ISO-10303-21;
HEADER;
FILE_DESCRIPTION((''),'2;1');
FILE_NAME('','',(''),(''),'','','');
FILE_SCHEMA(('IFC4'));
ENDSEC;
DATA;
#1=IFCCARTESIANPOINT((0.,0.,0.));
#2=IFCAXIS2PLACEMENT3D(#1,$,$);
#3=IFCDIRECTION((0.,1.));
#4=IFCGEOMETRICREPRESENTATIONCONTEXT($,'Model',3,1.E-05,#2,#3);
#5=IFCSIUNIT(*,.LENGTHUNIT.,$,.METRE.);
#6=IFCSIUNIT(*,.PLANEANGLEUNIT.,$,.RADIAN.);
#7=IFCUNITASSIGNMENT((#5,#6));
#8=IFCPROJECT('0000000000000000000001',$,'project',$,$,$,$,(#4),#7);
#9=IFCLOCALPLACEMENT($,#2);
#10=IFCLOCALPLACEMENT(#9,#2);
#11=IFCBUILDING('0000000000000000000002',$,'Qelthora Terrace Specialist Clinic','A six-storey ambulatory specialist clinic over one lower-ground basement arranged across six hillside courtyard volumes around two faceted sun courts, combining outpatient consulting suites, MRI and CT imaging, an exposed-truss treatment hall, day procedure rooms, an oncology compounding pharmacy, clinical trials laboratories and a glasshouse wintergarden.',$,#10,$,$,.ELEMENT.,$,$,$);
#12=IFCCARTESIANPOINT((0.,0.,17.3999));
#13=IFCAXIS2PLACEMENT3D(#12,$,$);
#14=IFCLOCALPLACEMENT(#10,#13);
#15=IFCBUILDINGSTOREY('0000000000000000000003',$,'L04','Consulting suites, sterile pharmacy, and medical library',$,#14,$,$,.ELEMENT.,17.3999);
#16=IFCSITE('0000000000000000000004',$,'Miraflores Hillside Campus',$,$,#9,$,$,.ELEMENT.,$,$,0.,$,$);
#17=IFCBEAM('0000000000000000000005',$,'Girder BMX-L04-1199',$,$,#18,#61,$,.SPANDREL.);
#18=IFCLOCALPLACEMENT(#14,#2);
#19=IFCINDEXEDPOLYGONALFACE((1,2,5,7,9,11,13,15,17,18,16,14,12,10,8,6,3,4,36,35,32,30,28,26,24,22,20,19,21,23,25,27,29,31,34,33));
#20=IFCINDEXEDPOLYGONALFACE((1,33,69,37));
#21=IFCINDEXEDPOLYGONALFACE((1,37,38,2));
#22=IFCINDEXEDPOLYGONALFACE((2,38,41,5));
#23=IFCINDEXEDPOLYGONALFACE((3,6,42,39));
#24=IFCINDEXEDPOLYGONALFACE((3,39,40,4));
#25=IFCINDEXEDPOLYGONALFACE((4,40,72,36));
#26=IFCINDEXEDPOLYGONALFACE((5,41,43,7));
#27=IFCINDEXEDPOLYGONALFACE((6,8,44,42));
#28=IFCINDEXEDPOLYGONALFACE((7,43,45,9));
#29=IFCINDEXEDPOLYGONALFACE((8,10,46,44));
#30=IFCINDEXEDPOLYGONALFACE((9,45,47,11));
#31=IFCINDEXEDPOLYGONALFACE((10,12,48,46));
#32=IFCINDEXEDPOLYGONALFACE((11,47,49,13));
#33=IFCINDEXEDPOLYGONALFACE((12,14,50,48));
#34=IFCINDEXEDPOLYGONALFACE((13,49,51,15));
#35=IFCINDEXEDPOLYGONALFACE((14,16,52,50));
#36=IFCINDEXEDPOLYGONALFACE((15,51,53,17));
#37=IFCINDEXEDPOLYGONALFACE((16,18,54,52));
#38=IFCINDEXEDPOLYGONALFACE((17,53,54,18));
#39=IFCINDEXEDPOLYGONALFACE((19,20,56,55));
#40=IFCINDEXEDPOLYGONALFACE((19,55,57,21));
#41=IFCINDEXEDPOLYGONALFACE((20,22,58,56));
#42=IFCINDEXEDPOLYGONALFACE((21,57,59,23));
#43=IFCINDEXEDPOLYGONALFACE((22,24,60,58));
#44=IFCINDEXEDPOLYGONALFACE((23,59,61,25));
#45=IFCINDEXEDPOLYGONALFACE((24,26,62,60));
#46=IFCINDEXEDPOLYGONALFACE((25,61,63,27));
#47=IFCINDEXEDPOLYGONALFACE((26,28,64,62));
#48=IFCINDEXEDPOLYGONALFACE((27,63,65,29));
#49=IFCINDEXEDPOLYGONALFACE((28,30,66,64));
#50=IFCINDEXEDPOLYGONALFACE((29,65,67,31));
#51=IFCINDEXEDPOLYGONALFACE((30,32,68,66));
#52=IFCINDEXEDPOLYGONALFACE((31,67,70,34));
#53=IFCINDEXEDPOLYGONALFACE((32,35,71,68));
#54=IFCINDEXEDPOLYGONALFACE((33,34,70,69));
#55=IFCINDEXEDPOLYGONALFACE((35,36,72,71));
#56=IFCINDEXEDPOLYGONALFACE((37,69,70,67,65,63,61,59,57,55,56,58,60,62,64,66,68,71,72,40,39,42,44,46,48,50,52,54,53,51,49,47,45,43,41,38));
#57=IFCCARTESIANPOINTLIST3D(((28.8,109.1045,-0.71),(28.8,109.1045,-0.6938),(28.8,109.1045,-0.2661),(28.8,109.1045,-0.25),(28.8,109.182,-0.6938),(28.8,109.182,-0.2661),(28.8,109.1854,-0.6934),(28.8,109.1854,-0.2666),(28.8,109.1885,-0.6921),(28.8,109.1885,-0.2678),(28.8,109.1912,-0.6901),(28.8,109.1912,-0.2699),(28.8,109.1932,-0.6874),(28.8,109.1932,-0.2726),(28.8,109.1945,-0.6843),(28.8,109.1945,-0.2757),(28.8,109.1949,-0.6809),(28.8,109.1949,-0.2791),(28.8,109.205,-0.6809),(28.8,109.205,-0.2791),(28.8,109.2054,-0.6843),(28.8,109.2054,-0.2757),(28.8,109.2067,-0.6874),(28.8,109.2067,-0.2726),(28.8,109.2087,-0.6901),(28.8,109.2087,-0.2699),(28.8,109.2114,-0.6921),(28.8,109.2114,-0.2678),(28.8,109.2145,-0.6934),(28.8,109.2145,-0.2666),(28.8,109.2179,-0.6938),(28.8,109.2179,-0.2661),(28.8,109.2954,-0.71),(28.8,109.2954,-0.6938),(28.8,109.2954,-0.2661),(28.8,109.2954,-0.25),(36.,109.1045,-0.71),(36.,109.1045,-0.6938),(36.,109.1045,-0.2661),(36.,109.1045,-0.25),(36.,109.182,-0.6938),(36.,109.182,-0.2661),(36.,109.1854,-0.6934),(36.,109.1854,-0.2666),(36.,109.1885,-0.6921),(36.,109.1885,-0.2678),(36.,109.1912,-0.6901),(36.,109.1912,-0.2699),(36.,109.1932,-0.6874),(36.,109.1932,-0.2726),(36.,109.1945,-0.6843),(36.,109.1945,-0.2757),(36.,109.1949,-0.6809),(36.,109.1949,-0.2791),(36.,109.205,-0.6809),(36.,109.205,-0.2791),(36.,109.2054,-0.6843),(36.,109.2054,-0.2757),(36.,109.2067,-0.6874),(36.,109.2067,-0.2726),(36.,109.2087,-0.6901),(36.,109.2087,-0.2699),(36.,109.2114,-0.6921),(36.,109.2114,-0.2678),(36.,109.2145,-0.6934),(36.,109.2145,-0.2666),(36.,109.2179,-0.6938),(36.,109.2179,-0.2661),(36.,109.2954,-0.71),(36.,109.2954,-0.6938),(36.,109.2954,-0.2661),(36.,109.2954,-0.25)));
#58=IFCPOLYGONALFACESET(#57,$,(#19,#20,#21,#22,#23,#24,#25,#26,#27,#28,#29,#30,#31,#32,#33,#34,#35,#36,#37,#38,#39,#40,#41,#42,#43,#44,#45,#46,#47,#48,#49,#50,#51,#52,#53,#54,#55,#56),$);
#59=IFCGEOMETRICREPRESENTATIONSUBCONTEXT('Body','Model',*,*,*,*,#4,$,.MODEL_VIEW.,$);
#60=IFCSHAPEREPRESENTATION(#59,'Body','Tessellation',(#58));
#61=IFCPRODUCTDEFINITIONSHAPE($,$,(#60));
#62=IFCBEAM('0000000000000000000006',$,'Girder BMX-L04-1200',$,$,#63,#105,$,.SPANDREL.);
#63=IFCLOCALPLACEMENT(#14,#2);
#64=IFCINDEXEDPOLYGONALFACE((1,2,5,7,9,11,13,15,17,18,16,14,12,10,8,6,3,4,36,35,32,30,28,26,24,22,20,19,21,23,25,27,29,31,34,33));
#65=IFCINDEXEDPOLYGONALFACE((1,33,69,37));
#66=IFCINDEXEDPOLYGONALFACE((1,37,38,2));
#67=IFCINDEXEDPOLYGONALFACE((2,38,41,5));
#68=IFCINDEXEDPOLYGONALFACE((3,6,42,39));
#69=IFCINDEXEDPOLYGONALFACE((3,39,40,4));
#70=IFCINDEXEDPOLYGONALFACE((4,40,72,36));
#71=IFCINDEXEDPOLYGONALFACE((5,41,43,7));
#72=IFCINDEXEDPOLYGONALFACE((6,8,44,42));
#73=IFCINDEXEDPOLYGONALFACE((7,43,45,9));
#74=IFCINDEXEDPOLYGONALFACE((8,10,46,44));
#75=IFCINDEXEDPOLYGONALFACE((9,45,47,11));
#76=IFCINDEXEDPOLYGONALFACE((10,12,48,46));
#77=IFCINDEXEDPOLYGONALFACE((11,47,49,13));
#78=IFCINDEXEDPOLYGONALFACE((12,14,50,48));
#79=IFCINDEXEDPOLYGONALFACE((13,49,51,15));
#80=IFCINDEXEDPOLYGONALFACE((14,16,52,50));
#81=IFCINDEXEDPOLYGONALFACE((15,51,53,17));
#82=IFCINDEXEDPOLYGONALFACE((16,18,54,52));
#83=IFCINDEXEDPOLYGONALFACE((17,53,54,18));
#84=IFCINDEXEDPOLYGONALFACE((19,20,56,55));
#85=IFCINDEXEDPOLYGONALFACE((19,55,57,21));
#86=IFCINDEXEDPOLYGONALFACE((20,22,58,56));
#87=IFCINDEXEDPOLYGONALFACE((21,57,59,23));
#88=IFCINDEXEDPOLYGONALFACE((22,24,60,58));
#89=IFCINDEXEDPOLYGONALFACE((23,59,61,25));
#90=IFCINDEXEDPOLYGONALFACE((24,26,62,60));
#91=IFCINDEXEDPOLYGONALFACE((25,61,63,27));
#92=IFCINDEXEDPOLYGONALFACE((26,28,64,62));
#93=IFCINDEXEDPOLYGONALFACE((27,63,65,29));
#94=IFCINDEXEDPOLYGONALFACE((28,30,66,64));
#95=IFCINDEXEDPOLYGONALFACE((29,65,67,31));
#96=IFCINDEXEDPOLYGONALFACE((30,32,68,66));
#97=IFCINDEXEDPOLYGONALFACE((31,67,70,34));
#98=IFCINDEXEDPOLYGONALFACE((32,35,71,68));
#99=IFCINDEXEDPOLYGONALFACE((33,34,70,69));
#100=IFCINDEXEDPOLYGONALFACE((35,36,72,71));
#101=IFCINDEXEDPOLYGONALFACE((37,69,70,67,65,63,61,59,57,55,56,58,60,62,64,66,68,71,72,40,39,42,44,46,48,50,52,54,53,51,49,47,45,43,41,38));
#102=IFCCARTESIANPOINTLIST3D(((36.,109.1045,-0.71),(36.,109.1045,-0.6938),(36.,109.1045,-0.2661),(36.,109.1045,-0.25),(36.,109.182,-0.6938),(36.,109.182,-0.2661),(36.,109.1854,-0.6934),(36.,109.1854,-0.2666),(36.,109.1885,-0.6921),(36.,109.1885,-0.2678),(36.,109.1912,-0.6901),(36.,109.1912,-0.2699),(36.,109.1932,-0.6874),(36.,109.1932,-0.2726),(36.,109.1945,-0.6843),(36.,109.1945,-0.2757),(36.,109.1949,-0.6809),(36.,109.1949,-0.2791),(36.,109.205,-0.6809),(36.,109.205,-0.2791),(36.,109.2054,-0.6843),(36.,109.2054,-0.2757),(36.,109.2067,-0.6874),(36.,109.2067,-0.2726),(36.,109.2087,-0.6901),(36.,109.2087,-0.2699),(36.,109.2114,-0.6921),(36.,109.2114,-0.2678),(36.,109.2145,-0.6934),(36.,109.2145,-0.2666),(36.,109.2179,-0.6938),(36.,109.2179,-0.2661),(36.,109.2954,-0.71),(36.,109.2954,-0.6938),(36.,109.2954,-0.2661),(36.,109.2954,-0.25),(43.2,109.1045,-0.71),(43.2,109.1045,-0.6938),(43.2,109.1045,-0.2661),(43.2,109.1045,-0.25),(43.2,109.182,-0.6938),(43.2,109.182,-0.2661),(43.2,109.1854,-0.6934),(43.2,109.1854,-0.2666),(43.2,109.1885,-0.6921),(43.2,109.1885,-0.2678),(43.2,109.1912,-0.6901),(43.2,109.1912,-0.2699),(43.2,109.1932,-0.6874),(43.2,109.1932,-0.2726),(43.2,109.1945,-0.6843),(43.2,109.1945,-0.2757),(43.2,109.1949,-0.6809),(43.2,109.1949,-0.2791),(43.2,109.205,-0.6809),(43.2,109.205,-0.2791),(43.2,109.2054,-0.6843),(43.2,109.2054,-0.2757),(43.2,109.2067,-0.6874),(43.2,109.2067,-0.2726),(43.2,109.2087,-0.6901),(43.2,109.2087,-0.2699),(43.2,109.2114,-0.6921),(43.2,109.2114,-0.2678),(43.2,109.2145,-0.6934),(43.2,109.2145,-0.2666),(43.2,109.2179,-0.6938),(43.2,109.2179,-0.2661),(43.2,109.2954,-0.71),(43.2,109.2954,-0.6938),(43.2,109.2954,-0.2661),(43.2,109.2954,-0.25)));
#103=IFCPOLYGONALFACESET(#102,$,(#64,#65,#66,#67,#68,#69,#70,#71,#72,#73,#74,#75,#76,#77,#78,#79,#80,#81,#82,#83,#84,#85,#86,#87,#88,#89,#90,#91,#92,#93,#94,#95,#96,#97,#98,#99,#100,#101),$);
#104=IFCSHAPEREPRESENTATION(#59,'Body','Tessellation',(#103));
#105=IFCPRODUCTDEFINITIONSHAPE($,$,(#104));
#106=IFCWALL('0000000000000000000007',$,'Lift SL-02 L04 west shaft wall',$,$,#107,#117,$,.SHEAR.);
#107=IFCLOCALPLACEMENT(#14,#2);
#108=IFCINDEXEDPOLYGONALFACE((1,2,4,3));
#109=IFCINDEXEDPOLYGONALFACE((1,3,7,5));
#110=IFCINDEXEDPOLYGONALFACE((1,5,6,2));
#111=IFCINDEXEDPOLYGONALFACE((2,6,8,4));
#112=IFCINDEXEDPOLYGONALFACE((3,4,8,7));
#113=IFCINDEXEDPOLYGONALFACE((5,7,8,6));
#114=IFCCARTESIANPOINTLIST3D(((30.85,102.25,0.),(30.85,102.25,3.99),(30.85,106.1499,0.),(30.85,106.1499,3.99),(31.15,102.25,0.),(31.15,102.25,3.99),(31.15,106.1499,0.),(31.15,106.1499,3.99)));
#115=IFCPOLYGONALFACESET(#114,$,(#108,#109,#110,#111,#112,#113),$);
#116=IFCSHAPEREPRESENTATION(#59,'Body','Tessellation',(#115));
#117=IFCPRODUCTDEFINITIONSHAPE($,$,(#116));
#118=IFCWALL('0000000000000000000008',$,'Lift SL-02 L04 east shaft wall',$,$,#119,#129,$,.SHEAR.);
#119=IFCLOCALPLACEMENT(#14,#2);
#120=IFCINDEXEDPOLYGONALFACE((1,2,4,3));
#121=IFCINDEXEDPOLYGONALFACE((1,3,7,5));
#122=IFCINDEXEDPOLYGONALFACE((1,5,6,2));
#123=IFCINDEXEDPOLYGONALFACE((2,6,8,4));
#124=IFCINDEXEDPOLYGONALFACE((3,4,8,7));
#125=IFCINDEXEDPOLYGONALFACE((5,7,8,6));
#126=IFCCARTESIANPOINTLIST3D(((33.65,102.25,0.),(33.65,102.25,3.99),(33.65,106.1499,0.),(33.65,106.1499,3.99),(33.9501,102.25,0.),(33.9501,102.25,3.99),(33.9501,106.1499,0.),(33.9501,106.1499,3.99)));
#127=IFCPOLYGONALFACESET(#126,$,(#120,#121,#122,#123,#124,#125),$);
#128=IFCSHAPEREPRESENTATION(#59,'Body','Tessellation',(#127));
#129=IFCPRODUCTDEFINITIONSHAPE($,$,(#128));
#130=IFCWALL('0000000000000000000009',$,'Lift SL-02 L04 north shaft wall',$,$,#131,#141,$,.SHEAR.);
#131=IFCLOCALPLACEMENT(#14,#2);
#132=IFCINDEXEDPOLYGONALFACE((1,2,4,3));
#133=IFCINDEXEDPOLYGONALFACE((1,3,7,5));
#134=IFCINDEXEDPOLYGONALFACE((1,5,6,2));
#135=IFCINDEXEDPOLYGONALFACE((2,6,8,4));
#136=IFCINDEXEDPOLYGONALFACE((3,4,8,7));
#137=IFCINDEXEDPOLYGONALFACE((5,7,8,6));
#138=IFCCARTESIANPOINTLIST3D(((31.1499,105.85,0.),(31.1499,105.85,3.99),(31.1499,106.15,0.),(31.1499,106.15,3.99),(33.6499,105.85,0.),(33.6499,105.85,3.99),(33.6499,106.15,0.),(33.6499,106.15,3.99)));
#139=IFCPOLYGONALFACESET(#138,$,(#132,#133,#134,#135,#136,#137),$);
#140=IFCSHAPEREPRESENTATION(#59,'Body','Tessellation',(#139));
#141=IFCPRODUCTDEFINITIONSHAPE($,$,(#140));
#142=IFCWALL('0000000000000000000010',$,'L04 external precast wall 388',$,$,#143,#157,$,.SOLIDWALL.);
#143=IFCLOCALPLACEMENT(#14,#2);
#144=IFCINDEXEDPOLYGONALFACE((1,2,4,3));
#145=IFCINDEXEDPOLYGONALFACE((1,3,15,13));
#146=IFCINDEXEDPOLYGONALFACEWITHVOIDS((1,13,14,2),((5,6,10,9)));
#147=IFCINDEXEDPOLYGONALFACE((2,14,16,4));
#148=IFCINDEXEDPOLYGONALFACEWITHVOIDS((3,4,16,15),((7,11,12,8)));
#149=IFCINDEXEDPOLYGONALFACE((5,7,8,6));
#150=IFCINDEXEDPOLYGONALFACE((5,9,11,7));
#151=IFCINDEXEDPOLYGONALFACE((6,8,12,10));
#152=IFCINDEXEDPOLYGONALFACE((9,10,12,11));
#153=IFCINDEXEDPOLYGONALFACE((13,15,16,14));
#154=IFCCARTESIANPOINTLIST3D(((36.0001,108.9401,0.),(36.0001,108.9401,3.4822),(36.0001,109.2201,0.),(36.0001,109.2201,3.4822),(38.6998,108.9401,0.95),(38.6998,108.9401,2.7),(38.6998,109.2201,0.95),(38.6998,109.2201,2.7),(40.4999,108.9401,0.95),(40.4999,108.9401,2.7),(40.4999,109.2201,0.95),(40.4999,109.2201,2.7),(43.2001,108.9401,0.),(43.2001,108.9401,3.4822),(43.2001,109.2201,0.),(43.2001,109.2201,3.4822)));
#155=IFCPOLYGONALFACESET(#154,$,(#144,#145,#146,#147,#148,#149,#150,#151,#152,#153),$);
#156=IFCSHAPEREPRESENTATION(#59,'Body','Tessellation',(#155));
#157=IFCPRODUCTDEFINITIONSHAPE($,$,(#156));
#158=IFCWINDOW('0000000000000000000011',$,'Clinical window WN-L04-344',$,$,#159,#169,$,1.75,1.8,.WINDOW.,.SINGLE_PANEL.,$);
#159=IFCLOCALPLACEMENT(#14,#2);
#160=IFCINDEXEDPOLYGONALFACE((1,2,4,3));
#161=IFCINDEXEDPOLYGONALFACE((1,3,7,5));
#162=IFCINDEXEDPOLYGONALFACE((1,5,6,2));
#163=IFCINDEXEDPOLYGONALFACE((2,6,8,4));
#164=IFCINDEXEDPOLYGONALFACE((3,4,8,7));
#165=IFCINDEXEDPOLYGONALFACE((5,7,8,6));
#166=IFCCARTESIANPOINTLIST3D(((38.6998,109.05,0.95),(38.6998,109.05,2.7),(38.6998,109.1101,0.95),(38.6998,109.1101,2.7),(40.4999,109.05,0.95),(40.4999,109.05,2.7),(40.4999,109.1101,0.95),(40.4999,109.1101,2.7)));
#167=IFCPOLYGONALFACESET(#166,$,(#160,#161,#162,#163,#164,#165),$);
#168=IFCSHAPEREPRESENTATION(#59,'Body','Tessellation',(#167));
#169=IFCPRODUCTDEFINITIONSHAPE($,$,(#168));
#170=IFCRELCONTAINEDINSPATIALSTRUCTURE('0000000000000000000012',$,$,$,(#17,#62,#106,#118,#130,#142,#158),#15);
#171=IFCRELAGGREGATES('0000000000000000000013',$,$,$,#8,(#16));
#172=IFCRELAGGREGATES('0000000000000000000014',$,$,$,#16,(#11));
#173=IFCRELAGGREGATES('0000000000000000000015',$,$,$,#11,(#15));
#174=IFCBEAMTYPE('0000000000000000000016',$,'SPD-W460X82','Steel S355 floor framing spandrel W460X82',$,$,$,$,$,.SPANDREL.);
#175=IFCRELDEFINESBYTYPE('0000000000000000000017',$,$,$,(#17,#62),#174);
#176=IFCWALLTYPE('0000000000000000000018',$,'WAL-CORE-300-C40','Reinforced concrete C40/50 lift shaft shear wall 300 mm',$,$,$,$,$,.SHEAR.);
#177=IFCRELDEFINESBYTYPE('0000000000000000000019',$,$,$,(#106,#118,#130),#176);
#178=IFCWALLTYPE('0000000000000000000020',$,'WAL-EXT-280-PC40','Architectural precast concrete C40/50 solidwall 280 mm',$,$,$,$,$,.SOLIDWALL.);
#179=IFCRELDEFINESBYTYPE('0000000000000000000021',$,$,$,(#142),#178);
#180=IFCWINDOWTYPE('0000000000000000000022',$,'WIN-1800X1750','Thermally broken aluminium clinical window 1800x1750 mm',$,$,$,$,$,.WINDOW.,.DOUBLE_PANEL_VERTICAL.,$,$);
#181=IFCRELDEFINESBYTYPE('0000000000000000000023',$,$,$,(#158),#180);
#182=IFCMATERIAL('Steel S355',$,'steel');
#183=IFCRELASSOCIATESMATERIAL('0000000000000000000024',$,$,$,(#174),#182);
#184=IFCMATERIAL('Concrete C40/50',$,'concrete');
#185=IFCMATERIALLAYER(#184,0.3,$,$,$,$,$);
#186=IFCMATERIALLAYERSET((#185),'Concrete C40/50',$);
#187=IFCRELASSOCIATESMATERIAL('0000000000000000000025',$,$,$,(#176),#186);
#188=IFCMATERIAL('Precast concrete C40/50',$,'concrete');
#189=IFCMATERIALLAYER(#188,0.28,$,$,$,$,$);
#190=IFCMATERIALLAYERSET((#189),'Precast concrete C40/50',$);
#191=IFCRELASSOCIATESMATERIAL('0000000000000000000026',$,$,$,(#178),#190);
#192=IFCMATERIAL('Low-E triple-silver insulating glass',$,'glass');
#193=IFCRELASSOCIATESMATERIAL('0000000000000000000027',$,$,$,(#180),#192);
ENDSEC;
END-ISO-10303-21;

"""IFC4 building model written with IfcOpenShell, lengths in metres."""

from ifc_helpers import new_model, si_unit, direction, frame, frame_2d, origin, origin_2d, place, context, subcontext, project, spatial, rectangle, i_section, extrude, material, layer, layer_set, material_profile, profile_set, type_object, element, fill, save


model = new_model("IFC4")

# Units and contexts
model_context = context("Model", 3, precision=1e-05, world=origin(), true_north=direction((0.0, 1.0)))
body_context = subcontext(model_context, "Body", "Model", "MODEL_VIEW")
ifc_project = project(units=[si_unit("LENGTHUNIT", "METRE"), si_unit("PLANEANGLEUNIT", "RADIAN")], contexts=[model_context])

# Site, building, storey
site_placement = place(None, origin())
site = spatial("IfcSite", under=ifc_project, at=site_placement, Name="Miraflores Hillside Campus", CompositionType="ELEMENT", RefElevation=0.0)
building_placement = place(site_placement, origin())
building = spatial("IfcBuilding", under=site, at=building_placement, Name="Qelthora Terrace Specialist Clinic", Description="A six-storey ambulatory specialist clinic over one lower-ground basement arranged across six hillside courtyard volumes around two faceted sun courts, combining outpatient consulting suites, MRI and CT imaging, an exposed-truss treatment hall, day procedure rooms, an oncology compounding pharmacy, clinical trials laboratories and a glasshouse wintergarden.", CompositionType="ELEMENT")
storey_placement = place(building_placement, frame((0.0, 0.0, 17.3999)))
storey = spatial("IfcBuildingStorey", under=building, at=storey_placement, Name="L04", Description="Consulting suites, sterile pharmacy, and medical library", CompositionType="ELEMENT", Elevation=17.3999)

# Shared definitions
ifc_material_1 = material(Name="Steel S355", Category="steel")

# Beams
ifc_material_profile_1 = material_profile(ifc_material_1, i_section(OverallWidth=0.1909, OverallDepth=0.46, WebThickness=0.01, FlangeThickness=0.0161, FilletRadius=0.0129, at=origin_2d()), Name="W460X82")
ifc_profile_set_1 = profile_set([ifc_material_profile_1], Name="Steel S355")
beam_type_1 = type_object("IfcBeamType", Name="SPD-W460X82", Description="Steel S355 floor framing spandrel W460X82", PredefinedType="SPANDREL", material=ifc_profile_set_1)
for number, where, z_axis, x_axis, name in (
    (1, (28.8, 109.2, -0.48), (1.0, 0.0, 0.0), (0.0, 1.0, 0.0), "Girder BMX-L04-1199"),
    (2, (36.0, 109.2, -0.48), (1.0, 0.0, 0.0), (0.0, 1.0, 0.0), "Girder BMX-L04-1200"),
):
    element("IfcBeam", number, at=place(storey_placement, frame(where, z_axis=z_axis, x_axis=x_axis)), inside=storey, type_object=beam_type_1, Name=name, PredefinedType="SPANDREL", context=body_context, shape_type="SweptSolid", body=[
        extrude(i_section(OverallWidth=0.1909, OverallDepth=0.46, WebThickness=0.01, FlangeThickness=0.0161, FilletRadius=0.0129, at=origin_2d()), origin(), (0.0, 0.0, 1.0), 7.2),
    ])

# Walls
ifc_material_2 = material(Name="Concrete C40/50", Category="concrete")
ifc_layer_1 = layer(ifc_material_2, 0.3)
ifc_layer_set_1 = layer_set([ifc_layer_1], Name="Concrete C40/50")
wall_type_1 = type_object("IfcWallType", Name="WAL-CORE-300-C40", Description="Reinforced concrete C40/50 lift shaft shear wall 300 mm", PredefinedType="SHEAR", material=ifc_layer_set_1)
for number, where, z_axis, x_axis, name in (
    (3, (31.0, 102.25, 0.0), (0.0, 0.0, 1.0), (0.0, 1.0, 0.0), "Lift SL-02 L04 west shaft wall"),
    (4, (33.8, 102.25, 0.0), (0.0, 0.0, 1.0), (0.0, 1.0, 0.0), "Lift SL-02 L04 east shaft wall"),
):
    element("IfcWall", number, at=place(storey_placement, frame(where, z_axis=z_axis, x_axis=x_axis)), inside=storey, type_object=wall_type_1, Name=name, PredefinedType="SHEAR", context=body_context, shape_type="SweptSolid", body=[
        extrude(rectangle(XDim=3.8999, YDim=0.3, at=frame_2d((1.95, 0.0))), origin(), (0.0, 0.0, 1.0), 3.99),
    ])
wall_1_placement = place(storey_placement, frame((31.1499, 106.0, 0.0), z_axis=(0.0, 0.0, 1.0), x_axis=(1.0, 0.0, 0.0)))
element("IfcWall", 5, at=wall_1_placement, inside=storey, type_object=wall_type_1, Name="Lift SL-02 L04 north shaft wall", PredefinedType="SHEAR", context=body_context, shape_type="SweptSolid", body=[
    extrude(rectangle(XDim=2.5, YDim=0.3, at=frame_2d((1.25, 0.0))), origin(), (0.0, 0.0, 1.0), 3.99),
])

# Wall, opening, window
ifc_material_3 = material(Name="Precast concrete C40/50", Category="concrete")
ifc_layer_2 = layer(ifc_material_3, 0.28)
ifc_layer_set_2 = layer_set([ifc_layer_2], Name="Precast concrete C40/50")
wall_type_2 = type_object("IfcWallType", Name="WAL-EXT-280-PC40", Description="Architectural precast concrete C40/50 solidwall 280 mm", PredefinedType="SOLIDWALL", material=ifc_layer_set_2)
wall_2_placement = place(storey_placement, frame((36.0, 109.0801, 0.0), z_axis=(0.0, 0.0, 1.0), x_axis=(1.0, 0.0, 0.0)))
wall_2 = element("IfcWall", 6, at=wall_2_placement, inside=storey, type_object=wall_type_2, Name="L04 external precast wall 388", PredefinedType="SOLIDWALL", context=body_context, shape_type="SweptSolid", body=[
    extrude(rectangle(XDim=7.2, YDim=0.28, at=frame_2d((3.6001, 0.0))), origin(), (0.0, 0.0, 1.0), 3.4822),
])
opening_1_placement = place(wall_2_placement, frame((2.7, 0.0, 0.95)))
opening_1 = element("IfcOpeningElement", 7, at=opening_1_placement, cuts=wall_2, PredefinedType="OPENING", context=body_context, shape_type="SweptSolid", body=[
    extrude(rectangle(XDim=1.8, YDim=1.75, at=frame_2d((0.8999, 0.875))), frame((0.0, 0.1499, 0.0), z_axis=(0.0, -1.0, 0.0), x_axis=(1.0, 0.0, 0.0)), (0.0, 0.0, 1.0), 0.3),
])
ifc_material_4 = material(Name="Low-E triple-silver insulating glass", Category="glass")
window_type_1 = type_object("IfcWindowType", Name="WIN-1800X1750", Description="Thermally broken aluminium clinical window 1800x1750 mm", PartitioningType="DOUBLE_PANEL_VERTICAL", PredefinedType="WINDOW", material=ifc_material_4)
window_1_placement = place(opening_1_placement, origin())
window_1 = element("IfcWindow", 8, at=window_1_placement, inside=storey, type_object=window_type_1, Name="Clinical window WN-L04-344", OverallHeight=1.75, OverallWidth=1.8, PartitioningType="SINGLE_PANEL", PredefinedType="WINDOW", context=body_context, shape_type="SweptSolid", body=[
    extrude(rectangle(XDim=1.8, YDim=1.75, at=frame_2d((0.8999, 0.875))), frame((0.0, 0.03, 0.0), z_axis=(0.0, -1.0, 0.0), x_axis=(1.0, 0.0, 0.0)), (0.0, 0.0, 1.0), 0.0601),
])
fill(opening_1, window_1)

save(model, "model.ifc")
